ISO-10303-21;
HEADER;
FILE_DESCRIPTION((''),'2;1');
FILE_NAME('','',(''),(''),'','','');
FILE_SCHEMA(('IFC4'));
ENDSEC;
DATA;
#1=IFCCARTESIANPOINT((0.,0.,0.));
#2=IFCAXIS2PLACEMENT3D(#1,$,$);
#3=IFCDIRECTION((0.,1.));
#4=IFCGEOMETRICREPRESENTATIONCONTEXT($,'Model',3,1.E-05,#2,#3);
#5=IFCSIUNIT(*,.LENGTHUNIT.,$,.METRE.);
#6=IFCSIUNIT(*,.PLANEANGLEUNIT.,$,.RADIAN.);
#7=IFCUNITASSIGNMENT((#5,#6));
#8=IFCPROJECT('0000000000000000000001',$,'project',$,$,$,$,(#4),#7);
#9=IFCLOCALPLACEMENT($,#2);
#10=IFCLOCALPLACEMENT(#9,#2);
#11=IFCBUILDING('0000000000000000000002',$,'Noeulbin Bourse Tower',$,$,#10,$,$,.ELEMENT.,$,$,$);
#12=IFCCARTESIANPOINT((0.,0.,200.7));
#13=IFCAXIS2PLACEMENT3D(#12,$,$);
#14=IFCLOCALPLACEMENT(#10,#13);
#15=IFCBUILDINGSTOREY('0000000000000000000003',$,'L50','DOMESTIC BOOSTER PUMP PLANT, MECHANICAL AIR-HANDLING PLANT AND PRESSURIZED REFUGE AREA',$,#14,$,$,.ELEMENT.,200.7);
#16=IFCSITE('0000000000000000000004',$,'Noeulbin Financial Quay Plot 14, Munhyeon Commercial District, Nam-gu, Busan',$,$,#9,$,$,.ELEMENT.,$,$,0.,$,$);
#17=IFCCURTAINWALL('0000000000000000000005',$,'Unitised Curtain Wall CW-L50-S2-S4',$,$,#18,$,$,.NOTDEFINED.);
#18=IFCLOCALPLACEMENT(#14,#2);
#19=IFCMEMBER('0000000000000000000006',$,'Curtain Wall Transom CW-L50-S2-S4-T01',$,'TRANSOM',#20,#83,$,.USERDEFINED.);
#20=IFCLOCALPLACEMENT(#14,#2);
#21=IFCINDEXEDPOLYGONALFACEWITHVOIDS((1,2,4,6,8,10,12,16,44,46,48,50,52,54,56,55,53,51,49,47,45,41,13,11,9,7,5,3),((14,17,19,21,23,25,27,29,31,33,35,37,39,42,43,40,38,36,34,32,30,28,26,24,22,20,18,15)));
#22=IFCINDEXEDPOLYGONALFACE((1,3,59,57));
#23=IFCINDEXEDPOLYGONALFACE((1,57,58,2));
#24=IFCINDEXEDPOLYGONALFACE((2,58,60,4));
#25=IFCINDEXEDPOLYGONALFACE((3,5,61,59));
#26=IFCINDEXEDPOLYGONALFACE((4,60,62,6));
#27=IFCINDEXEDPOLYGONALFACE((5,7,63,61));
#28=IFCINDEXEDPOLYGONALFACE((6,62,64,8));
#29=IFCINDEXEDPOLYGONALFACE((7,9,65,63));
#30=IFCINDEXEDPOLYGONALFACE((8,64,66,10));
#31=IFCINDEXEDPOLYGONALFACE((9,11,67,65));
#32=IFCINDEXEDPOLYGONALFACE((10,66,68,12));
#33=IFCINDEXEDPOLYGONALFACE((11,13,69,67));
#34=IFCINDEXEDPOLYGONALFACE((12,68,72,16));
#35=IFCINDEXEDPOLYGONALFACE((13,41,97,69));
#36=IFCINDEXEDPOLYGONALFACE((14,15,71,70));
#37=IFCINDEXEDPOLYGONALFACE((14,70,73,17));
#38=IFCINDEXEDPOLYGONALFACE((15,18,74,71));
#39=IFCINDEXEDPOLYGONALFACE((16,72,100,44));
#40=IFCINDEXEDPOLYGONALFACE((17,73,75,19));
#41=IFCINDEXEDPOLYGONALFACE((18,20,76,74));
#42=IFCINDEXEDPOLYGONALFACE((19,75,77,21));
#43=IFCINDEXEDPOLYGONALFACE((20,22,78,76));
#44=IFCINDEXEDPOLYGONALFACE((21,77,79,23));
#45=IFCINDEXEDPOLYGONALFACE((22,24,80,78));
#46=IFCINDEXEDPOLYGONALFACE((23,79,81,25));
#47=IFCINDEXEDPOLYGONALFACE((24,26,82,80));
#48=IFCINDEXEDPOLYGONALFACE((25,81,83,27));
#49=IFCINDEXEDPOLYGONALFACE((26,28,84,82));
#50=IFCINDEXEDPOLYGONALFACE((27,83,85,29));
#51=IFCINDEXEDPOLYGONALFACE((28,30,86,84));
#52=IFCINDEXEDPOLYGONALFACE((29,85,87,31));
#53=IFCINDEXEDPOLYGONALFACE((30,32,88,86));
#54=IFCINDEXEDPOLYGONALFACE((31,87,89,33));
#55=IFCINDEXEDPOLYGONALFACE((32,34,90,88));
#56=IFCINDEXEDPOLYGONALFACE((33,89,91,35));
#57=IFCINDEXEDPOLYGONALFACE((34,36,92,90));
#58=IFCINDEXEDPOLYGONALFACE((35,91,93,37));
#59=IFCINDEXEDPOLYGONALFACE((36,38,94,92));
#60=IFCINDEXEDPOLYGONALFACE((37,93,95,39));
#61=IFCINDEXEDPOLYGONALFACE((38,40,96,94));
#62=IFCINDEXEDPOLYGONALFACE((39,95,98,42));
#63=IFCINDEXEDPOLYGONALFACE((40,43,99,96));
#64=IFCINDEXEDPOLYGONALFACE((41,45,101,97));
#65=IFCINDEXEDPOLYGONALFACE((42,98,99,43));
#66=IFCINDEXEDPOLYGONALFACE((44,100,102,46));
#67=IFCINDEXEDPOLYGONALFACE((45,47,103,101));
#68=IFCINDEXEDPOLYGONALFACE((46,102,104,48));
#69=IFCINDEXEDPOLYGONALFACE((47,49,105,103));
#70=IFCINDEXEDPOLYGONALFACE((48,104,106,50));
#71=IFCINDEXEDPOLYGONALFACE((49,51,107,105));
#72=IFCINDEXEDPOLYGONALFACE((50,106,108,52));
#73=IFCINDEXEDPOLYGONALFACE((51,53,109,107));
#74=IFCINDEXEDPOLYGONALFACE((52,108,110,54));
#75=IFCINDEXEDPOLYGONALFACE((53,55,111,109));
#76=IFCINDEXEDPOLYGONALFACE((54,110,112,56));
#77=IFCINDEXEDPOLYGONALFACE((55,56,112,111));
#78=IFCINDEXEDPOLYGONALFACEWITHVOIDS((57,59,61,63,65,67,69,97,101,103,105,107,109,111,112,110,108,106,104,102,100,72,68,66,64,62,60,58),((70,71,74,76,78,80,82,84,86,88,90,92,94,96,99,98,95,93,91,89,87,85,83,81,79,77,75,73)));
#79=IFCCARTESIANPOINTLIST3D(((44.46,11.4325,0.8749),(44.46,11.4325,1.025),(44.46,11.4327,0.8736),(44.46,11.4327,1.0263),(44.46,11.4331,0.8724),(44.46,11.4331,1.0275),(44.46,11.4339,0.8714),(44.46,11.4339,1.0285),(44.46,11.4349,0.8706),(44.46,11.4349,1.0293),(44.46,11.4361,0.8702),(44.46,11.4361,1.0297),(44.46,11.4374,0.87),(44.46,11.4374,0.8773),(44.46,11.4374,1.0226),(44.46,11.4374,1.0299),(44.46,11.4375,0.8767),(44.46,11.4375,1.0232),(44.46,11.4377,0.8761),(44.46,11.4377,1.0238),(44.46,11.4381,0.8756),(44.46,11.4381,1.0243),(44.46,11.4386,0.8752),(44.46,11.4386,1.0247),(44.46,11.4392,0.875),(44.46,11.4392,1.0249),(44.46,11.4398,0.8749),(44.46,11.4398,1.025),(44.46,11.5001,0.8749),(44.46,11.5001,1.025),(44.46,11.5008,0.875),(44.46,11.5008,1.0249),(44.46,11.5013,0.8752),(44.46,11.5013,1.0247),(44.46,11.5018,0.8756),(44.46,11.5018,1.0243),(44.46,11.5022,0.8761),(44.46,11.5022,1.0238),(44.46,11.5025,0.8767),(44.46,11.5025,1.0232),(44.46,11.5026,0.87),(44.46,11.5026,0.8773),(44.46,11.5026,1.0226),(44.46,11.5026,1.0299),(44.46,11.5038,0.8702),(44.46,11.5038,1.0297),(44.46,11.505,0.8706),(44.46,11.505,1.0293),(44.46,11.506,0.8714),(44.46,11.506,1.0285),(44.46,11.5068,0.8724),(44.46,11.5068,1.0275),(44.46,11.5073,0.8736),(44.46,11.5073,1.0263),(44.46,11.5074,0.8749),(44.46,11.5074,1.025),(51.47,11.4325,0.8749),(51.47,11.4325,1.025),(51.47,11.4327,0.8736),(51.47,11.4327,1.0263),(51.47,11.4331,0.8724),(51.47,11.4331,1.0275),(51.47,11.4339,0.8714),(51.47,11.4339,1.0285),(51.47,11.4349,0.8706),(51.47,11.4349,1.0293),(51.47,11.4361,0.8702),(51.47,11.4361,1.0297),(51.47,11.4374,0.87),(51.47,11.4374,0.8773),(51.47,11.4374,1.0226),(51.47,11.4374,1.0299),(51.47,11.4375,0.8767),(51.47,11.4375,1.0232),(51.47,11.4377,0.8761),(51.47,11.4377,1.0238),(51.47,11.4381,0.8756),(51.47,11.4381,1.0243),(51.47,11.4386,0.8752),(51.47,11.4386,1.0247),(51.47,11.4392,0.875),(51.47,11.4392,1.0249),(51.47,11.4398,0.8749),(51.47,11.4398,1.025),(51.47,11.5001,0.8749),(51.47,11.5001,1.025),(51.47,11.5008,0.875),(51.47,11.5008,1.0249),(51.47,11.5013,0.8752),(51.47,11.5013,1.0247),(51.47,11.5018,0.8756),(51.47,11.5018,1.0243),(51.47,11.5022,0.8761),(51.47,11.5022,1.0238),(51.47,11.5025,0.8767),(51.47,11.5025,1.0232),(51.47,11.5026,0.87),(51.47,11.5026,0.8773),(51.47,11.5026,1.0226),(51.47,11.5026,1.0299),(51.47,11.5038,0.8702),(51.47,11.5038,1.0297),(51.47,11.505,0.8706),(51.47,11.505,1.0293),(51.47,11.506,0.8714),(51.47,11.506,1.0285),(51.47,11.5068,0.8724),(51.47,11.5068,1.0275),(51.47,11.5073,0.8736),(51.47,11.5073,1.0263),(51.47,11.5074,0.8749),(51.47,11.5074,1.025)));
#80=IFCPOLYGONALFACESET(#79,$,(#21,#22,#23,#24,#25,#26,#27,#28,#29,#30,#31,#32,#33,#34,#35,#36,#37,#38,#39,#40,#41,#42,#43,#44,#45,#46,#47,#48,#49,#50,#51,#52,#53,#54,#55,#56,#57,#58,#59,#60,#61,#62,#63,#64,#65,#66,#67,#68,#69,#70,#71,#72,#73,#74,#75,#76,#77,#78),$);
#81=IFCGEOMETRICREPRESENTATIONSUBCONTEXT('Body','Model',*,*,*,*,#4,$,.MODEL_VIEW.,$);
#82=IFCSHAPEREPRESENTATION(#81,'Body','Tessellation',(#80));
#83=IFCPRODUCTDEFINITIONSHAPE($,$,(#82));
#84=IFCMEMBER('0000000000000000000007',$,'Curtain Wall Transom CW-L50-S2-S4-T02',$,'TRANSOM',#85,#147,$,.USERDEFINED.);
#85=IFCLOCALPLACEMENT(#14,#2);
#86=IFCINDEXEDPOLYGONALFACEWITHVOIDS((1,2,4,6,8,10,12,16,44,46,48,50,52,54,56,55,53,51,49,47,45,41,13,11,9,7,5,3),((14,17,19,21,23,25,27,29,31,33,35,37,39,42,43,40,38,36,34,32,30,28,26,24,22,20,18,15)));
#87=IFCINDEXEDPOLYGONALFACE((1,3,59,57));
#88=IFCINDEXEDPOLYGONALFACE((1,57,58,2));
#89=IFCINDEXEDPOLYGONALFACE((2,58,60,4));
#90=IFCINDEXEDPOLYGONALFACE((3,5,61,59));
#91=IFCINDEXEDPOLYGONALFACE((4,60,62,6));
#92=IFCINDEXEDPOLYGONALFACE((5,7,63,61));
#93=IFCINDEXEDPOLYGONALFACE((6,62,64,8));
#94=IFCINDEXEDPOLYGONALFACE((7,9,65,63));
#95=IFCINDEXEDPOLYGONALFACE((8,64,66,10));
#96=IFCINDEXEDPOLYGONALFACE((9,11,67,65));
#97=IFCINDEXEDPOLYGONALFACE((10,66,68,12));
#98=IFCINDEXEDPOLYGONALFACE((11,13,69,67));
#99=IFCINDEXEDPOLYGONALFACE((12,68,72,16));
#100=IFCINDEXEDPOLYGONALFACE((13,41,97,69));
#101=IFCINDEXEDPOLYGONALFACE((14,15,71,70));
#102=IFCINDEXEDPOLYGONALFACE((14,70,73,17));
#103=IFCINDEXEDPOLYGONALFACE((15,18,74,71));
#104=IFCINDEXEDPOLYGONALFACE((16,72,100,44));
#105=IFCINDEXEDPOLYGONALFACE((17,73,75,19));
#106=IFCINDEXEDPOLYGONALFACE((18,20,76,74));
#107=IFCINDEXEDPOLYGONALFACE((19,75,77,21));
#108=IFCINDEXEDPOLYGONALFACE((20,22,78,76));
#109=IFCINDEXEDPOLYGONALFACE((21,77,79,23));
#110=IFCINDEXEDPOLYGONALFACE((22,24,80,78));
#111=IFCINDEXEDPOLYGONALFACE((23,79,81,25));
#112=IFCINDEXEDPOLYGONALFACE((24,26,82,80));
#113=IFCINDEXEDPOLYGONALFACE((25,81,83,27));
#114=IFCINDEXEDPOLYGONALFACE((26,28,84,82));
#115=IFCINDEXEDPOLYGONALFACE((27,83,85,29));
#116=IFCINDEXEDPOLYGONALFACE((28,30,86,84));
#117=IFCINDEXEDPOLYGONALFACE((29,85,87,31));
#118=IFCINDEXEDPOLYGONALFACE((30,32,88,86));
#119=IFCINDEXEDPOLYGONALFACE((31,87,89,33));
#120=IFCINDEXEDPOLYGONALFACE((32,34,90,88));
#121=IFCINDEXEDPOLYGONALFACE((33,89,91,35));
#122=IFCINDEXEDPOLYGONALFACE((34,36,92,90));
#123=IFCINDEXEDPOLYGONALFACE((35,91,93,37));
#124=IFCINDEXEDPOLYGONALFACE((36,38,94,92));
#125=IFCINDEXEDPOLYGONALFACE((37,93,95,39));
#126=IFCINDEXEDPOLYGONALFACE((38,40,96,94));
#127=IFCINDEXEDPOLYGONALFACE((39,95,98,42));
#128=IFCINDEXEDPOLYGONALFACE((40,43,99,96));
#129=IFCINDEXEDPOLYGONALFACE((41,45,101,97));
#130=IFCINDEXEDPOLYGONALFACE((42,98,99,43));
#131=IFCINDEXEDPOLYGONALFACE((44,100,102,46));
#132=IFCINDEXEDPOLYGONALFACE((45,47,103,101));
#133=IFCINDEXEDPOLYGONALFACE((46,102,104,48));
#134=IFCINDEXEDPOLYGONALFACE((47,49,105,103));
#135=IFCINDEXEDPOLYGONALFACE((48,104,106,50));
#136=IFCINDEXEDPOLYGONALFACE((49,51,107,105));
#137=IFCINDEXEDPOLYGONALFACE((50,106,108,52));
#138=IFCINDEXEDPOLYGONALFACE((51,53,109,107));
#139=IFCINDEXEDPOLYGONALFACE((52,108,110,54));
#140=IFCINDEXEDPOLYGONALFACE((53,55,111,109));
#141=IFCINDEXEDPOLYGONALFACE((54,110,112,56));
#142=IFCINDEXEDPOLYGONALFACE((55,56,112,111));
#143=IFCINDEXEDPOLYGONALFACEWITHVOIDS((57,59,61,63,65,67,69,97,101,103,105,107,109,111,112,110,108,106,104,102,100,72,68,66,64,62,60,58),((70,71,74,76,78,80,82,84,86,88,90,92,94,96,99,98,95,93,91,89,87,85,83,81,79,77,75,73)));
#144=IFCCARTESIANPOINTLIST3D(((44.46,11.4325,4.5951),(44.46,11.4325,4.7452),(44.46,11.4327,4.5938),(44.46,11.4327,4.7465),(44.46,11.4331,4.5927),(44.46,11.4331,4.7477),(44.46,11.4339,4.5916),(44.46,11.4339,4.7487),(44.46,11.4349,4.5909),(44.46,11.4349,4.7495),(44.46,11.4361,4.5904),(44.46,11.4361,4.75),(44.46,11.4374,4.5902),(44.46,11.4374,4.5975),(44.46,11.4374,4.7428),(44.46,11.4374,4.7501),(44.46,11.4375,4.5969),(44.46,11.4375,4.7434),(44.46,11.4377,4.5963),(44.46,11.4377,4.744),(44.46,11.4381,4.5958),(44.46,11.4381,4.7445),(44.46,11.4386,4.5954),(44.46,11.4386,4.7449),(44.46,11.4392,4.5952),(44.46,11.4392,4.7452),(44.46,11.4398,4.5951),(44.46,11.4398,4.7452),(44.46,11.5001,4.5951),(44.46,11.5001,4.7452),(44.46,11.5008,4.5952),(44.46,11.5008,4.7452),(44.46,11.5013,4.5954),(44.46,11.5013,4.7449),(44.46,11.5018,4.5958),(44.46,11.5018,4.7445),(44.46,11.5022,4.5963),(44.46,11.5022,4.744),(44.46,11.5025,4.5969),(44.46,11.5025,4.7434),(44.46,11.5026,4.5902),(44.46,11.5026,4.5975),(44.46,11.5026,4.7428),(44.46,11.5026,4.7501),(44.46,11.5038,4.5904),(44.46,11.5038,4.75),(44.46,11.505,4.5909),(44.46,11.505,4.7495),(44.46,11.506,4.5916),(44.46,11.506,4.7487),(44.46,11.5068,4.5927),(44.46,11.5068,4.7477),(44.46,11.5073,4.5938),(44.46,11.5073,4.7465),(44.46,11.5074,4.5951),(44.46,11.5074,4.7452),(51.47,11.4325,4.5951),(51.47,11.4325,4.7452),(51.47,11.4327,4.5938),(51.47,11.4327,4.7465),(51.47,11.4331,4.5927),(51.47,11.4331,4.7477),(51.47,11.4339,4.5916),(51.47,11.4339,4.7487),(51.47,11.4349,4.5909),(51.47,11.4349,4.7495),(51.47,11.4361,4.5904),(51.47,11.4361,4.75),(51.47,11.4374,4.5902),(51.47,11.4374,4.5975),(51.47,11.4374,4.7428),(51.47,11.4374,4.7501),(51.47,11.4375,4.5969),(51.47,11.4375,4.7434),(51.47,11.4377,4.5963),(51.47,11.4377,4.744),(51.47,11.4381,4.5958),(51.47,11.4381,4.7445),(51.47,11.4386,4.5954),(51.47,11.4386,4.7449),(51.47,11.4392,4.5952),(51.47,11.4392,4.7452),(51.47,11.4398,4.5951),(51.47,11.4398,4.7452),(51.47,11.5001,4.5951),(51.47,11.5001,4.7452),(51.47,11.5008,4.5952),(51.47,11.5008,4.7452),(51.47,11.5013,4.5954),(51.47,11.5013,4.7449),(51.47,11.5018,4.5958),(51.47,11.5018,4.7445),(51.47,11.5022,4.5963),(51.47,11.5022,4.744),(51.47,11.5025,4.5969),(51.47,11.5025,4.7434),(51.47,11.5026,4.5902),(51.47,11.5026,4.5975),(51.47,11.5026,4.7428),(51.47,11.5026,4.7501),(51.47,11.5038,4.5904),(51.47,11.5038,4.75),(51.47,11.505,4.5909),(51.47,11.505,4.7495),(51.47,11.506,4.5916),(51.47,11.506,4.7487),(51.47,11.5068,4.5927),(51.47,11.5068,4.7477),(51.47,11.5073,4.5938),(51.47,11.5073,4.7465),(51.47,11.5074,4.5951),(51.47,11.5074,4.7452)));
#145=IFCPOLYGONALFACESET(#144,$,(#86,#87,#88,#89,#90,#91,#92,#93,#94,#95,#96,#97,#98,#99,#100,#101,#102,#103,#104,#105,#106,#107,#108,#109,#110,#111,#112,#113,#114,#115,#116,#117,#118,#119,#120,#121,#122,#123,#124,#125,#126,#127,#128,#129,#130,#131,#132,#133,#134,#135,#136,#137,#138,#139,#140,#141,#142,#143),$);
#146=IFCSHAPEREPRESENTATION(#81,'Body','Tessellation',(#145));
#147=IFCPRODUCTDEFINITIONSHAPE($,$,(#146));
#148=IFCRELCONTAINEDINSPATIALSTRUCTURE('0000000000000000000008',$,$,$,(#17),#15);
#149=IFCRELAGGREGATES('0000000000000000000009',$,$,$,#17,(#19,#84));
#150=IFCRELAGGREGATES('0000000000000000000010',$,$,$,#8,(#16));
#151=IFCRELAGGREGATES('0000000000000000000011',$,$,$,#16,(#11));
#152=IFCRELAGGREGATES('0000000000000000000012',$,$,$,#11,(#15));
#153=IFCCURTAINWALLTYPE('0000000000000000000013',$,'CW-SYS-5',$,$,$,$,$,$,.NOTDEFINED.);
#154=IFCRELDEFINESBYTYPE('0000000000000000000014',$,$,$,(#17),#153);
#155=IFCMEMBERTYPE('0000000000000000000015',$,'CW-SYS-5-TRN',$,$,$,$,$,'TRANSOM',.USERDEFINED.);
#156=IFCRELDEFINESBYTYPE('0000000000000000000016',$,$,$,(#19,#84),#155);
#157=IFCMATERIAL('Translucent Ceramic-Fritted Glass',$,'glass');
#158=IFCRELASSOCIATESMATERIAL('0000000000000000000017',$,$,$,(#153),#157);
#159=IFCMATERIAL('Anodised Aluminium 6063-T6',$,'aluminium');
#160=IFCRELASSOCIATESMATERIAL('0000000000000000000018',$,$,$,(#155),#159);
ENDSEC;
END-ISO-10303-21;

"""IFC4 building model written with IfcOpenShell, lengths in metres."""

from ifc_helpers import new_model, si_unit, direction, frame, origin, origin_2d, place, context, subcontext, project, spatial, hollow_rectangle, extrude, material, material_profile, profile_set, type_object, element, aggregate, save


model = new_model("IFC4")

# Units and contexts
model_context = context("Model", 3, precision=1e-05, world=origin(), true_north=direction((0.0, 1.0)))
body_context = subcontext(model_context, "Body", "Model", "MODEL_VIEW")
ifc_project = project(units=[si_unit("LENGTHUNIT", "METRE"), si_unit("PLANEANGLEUNIT", "RADIAN")], contexts=[model_context])

# Site, building, storey
site_placement = place(None, origin())
site = spatial("IfcSite", under=ifc_project, at=site_placement, Name="Noeulbin Financial Quay Plot 14, Munhyeon Commercial District, Nam-gu, Busan", CompositionType="ELEMENT", RefElevation=0.0)
building_placement = place(site_placement, origin())
building = spatial("IfcBuilding", under=site, at=building_placement, Name="Noeulbin Bourse Tower", CompositionType="ELEMENT")
storey_placement = place(building_placement, frame((0.0, 0.0, 200.7)))
storey = spatial("IfcBuildingStorey", under=building, at=storey_placement, Name="L50", Description="DOMESTIC BOOSTER PUMP PLANT, MECHANICAL AIR-HANDLING PLANT AND PRESSURIZED REFUGE AREA", CompositionType="ELEMENT", Elevation=200.7)

# Curtain wall
ifc_material_1 = material(Name="Translucent Ceramic-Fritted Glass", Category="glass")
curtain_wall_type = type_object("IfcCurtainWallType", Name="CW-SYS-5", PredefinedType="NOTDEFINED", material=ifc_material_1)
curtain_wall_1_placement = place(storey_placement, origin())
curtain_wall_1 = element("IfcCurtainWall", 1, at=curtain_wall_1_placement, inside=storey, type_object=curtain_wall_type, Name="Unitised Curtain Wall CW-L50-S2-S4", PredefinedType="NOTDEFINED")
ifc_material_2 = material(Name="Anodised Aluminium 6063-T6", Category="aluminium")

# Members
ifc_material_profile_1 = material_profile(ifc_material_2, hollow_rectangle(XDim=0.075, YDim=0.1599, WallThickness=0.0049, InnerFilletRadius=0.0024, OuterFilletRadius=0.0049, at=origin_2d()), Name="ALU-TRAN-75x160x5", Category="LoadBearing")
ifc_profile_set_1 = profile_set([ifc_material_profile_1], Name="Anodised Aluminium 6063-T6")
member_type_1 = type_object("IfcMemberType", Name="CW-SYS-5-TRN", ElementType="TRANSOM", PredefinedType="USERDEFINED", material=ifc_profile_set_1)
member_1_placement = place(storey_placement, frame((44.46, 11.47, 0.95), z_axis=(1.0, 0.0, 0.0), x_axis=(0.0, 1.0, 0.0)))
member_1 = element("IfcMember", 2, at=member_1_placement, type_object=member_type_1, Name="Curtain Wall Transom CW-L50-S2-S4-T01", ObjectType="TRANSOM", PredefinedType="USERDEFINED", context=body_context, shape_type="SweptSolid", body=[
    extrude(hollow_rectangle(XDim=0.075, YDim=0.1599, WallThickness=0.0049, InnerFilletRadius=0.0024, OuterFilletRadius=0.0049, at=origin_2d()), origin(), (0.0, 0.0, 1.0), 7.01),
])
member_2_placement = place(storey_placement, frame((44.46, 11.47, 4.6702), z_axis=(1.0, 0.0, 0.0), x_axis=(0.0, 1.0, 0.0)))
member_2 = element("IfcMember", 3, at=member_2_placement, type_object=member_type_1, Name="Curtain Wall Transom CW-L50-S2-S4-T02", ObjectType="TRANSOM", PredefinedType="USERDEFINED", context=body_context, shape_type="SweptSolid", body=[
    extrude(hollow_rectangle(XDim=0.075, YDim=0.1599, WallThickness=0.0049, InnerFilletRadius=0.0024, OuterFilletRadius=0.0049, at=origin_2d()), origin(), (0.0, 0.0, 1.0), 7.01),
])

aggregate(curtain_wall_1, [member_1, member_2])

save(model, "model.ifc")
